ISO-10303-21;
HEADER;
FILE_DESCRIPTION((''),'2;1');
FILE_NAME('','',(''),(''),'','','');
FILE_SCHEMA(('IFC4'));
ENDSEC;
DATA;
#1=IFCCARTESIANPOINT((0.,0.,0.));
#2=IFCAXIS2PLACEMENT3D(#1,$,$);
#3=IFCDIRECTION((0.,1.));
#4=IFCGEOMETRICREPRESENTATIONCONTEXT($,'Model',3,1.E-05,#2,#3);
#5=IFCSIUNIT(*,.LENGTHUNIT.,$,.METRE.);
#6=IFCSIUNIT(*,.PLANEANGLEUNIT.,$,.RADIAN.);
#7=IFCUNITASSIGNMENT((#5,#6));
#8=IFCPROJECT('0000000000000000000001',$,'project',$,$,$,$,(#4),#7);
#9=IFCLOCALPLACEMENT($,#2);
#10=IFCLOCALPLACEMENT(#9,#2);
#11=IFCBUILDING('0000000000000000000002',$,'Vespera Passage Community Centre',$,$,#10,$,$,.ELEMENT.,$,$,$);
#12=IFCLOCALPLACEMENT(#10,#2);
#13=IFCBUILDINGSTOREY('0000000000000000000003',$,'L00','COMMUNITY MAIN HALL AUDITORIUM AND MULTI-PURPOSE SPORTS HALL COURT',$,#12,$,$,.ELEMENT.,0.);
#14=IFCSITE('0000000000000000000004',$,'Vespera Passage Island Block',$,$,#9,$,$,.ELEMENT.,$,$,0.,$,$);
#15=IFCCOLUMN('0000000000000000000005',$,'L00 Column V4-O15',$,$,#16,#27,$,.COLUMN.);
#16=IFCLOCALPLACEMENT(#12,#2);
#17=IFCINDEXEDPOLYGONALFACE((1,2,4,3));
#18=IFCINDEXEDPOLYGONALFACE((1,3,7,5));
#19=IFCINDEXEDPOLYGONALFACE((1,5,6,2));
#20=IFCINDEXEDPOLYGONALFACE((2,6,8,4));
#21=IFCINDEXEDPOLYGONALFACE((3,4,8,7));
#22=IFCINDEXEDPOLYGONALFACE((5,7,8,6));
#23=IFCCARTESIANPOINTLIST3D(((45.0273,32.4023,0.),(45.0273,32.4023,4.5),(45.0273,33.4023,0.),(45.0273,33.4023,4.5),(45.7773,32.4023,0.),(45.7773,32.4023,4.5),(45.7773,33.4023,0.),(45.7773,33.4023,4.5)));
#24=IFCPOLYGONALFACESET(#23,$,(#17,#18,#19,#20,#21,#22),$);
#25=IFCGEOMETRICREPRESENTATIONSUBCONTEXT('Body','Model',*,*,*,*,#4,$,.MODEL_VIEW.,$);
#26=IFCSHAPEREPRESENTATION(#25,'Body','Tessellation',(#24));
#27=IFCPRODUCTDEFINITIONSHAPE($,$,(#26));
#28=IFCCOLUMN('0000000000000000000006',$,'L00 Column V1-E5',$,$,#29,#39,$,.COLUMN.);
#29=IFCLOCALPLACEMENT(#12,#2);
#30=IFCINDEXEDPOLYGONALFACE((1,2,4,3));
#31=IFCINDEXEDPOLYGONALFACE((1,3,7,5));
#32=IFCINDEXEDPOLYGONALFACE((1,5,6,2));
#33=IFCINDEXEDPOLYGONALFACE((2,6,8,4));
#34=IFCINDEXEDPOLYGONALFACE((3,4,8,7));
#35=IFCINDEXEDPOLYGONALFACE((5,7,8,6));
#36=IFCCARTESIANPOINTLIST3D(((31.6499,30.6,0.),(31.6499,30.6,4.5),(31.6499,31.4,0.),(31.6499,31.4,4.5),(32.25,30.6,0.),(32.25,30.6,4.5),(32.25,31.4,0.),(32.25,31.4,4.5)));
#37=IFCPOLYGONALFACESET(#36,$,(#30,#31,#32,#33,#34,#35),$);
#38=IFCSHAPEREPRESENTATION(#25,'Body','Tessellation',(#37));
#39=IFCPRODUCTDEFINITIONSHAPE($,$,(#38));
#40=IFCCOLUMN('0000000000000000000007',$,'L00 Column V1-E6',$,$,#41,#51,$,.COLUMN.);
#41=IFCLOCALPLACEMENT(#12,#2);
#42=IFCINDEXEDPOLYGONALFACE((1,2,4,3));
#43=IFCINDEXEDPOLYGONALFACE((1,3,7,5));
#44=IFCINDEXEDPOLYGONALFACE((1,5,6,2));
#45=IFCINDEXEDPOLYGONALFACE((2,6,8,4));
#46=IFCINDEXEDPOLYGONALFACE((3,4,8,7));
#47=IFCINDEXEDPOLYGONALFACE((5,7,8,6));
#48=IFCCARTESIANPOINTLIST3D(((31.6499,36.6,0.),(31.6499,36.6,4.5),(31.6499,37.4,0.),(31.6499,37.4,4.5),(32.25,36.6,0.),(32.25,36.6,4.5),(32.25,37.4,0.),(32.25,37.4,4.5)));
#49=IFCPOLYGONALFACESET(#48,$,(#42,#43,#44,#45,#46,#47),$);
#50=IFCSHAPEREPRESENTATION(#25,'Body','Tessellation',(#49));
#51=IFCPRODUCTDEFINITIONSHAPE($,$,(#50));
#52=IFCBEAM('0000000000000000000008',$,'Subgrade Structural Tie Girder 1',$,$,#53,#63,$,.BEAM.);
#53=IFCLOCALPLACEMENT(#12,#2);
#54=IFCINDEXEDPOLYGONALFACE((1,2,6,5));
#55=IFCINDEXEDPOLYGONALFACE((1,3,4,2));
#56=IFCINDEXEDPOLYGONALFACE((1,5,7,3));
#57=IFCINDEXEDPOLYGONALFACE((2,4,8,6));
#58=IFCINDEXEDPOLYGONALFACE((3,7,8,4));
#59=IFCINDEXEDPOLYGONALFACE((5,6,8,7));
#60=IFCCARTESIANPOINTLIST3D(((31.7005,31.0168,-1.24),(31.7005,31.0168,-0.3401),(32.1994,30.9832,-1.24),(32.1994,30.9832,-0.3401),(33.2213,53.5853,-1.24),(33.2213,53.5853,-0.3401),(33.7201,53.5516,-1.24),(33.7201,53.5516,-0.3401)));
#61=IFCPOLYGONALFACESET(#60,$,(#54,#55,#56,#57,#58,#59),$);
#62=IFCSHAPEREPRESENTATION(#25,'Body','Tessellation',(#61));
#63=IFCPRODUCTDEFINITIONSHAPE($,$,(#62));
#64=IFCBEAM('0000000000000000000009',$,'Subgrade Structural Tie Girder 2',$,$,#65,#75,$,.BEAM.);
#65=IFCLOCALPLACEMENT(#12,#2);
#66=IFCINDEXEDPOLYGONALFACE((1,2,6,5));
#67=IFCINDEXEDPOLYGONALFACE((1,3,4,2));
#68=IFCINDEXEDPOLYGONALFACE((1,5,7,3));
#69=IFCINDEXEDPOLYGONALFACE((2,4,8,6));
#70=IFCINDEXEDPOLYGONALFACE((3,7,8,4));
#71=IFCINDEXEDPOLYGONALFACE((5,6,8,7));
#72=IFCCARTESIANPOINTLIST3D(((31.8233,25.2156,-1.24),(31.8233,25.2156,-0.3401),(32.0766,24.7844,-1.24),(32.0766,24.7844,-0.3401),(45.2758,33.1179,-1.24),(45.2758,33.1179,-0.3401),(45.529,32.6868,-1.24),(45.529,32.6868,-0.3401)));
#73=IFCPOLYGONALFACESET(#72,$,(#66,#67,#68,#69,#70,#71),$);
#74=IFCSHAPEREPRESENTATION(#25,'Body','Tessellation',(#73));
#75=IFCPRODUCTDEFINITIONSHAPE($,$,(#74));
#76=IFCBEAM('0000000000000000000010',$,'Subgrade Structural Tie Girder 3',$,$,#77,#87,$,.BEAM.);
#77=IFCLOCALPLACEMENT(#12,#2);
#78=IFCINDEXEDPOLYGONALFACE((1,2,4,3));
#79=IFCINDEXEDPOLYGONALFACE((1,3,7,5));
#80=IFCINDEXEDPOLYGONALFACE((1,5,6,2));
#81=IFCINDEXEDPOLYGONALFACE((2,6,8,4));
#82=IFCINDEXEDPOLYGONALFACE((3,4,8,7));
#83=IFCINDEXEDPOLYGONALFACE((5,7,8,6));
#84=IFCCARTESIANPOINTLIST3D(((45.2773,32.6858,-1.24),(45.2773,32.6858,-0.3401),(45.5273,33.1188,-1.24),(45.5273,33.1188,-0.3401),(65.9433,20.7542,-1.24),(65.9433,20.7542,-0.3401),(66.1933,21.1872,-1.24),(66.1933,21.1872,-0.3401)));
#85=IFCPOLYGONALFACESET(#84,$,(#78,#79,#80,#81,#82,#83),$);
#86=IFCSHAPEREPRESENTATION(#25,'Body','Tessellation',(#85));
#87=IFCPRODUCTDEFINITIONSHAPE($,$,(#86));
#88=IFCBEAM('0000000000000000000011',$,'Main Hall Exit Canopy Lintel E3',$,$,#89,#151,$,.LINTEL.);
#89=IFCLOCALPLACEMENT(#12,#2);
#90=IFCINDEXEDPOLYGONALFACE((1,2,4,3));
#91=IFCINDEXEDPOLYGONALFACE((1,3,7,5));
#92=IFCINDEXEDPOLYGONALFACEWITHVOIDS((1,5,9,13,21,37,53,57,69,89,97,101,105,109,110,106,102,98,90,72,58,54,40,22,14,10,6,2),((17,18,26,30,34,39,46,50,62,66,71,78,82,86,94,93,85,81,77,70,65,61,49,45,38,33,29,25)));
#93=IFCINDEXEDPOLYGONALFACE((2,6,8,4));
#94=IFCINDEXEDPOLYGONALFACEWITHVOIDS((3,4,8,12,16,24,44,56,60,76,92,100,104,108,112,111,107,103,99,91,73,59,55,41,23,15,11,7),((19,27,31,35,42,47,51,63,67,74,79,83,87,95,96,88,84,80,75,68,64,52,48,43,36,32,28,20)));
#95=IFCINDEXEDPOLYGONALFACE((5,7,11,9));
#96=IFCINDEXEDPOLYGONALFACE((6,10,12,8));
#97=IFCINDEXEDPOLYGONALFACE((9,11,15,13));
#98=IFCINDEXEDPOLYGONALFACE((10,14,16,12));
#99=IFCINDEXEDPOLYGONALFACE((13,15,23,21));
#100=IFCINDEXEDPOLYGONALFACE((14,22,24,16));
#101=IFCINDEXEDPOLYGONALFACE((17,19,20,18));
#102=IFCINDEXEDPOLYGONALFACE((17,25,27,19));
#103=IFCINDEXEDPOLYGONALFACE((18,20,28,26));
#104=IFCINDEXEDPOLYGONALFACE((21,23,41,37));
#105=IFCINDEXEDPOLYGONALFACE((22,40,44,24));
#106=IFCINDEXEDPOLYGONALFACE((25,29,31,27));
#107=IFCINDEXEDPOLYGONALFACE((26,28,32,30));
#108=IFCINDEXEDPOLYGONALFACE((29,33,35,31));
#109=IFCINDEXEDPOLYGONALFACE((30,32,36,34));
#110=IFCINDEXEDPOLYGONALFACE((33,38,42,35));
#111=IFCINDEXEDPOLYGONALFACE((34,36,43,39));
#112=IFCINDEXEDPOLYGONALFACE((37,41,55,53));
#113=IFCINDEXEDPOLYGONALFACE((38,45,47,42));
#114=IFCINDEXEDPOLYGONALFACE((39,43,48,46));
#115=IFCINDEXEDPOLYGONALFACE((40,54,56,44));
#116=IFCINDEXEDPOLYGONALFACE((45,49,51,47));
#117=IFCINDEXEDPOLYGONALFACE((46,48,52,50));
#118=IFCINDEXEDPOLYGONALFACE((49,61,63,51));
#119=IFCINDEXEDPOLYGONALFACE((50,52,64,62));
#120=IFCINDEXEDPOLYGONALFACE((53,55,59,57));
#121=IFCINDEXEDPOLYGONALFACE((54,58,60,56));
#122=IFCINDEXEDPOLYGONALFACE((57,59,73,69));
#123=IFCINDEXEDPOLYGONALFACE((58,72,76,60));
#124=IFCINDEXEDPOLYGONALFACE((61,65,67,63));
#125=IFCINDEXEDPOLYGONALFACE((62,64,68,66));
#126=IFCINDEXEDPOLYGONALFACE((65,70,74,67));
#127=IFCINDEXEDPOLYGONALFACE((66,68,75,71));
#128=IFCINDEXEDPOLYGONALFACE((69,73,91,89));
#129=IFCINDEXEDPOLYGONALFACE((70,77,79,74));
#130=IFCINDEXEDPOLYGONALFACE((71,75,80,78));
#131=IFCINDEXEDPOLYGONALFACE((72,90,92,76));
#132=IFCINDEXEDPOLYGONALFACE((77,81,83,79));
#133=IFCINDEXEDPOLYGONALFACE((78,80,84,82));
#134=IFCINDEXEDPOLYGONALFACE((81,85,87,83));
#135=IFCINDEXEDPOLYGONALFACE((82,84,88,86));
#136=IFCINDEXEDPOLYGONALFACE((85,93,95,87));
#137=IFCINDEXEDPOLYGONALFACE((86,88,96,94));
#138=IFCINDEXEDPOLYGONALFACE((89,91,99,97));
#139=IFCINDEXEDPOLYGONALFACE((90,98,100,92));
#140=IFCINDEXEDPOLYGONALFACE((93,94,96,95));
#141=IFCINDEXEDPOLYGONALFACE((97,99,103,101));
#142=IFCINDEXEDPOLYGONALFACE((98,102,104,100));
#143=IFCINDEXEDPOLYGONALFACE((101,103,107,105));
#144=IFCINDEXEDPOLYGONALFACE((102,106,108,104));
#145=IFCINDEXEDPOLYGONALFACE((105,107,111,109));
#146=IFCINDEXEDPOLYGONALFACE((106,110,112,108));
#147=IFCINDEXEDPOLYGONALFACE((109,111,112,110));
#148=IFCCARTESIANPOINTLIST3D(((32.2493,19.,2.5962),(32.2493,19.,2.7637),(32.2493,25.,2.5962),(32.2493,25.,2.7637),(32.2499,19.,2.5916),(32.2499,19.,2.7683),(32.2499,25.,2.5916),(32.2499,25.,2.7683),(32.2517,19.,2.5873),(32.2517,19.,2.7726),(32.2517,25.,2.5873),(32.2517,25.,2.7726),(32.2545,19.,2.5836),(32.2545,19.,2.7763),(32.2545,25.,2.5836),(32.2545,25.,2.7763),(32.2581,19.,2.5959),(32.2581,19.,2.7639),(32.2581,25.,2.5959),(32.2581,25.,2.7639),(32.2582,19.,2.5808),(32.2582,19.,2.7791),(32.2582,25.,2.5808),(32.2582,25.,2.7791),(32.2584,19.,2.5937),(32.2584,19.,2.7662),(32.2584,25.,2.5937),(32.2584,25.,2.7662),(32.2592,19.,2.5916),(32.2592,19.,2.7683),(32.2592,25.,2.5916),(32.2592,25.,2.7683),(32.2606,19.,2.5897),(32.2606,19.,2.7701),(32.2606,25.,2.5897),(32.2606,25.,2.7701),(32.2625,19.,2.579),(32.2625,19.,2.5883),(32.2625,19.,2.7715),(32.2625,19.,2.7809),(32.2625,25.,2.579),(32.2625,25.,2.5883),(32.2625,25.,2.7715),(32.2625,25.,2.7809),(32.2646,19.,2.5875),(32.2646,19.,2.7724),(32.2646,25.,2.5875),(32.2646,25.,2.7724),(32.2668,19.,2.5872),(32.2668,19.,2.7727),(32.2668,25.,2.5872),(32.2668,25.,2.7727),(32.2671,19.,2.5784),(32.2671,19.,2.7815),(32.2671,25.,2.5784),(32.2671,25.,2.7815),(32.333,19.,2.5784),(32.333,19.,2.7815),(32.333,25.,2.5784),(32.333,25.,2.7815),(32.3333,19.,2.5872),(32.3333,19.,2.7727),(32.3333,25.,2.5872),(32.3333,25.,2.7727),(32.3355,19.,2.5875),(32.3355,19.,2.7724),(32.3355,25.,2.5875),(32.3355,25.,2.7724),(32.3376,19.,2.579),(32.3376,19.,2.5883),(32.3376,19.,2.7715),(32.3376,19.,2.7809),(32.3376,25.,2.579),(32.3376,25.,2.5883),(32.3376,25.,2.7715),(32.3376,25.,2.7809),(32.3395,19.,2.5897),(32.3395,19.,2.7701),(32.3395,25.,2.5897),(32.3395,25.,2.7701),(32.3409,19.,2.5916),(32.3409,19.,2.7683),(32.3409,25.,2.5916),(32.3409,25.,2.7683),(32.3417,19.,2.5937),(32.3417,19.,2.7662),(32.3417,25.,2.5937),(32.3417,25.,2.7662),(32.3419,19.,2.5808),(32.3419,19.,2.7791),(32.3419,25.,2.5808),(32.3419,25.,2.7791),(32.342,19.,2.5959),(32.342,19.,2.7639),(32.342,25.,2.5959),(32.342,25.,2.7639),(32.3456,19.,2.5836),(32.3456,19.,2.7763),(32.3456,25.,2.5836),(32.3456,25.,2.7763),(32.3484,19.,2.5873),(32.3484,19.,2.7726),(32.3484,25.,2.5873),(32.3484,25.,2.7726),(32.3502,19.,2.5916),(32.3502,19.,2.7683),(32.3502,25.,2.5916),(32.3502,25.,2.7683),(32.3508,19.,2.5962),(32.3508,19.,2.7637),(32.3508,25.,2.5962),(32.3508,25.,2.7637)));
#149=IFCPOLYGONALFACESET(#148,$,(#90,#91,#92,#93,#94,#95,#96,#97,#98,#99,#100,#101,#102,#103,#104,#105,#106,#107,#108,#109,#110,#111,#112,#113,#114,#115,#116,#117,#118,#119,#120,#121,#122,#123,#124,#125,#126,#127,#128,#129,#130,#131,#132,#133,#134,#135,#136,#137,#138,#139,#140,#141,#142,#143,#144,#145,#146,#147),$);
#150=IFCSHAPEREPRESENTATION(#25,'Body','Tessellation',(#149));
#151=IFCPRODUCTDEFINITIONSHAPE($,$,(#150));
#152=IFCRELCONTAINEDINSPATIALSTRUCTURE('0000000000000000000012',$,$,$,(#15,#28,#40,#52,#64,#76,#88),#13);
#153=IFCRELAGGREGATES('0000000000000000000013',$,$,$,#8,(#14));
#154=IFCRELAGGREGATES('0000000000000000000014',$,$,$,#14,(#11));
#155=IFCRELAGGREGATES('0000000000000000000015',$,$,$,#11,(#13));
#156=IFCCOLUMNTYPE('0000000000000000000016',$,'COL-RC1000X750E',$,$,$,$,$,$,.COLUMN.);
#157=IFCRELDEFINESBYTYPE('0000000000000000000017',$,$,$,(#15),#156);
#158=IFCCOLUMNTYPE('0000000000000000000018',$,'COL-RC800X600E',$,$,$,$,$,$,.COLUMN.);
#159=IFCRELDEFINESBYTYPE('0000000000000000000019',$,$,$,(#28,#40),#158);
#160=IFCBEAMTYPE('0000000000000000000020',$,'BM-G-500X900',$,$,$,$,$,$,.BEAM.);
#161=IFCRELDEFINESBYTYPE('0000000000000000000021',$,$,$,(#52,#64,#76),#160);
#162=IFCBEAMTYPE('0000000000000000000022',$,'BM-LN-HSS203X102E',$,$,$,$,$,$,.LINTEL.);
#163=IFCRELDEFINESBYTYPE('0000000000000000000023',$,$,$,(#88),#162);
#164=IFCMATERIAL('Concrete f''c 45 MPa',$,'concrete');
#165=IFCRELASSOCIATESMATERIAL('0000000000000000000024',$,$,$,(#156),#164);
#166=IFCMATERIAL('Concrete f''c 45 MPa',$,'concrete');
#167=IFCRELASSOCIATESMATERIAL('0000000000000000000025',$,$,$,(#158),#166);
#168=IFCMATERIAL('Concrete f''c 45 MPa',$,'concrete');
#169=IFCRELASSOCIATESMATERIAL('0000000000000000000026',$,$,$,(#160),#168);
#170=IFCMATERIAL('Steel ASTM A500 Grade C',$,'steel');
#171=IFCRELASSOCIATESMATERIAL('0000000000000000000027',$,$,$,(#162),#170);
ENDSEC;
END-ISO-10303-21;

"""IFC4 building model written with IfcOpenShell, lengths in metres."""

from ifc_helpers import new_model, si_unit, direction, frame, origin, origin_2d, place, context, subcontext, project, spatial, rectangle, hollow_rectangle, extrude, material, material_profile, profile_set, type_object, element, save


model = new_model("IFC4")

# Units and contexts
model_context = context("Model", 3, precision=1e-05, world=origin(), true_north=direction((0.0, 1.0)))
body_context = subcontext(model_context, "Body", "Model", "MODEL_VIEW")
ifc_project = project(units=[si_unit("LENGTHUNIT", "METRE"), si_unit("PLANEANGLEUNIT", "RADIAN")], contexts=[model_context])

# Site, building, storey
site_placement = place(None, origin())
site = spatial("IfcSite", under=ifc_project, at=site_placement, Name="Vespera Passage Island Block", CompositionType="ELEMENT", RefElevation=0.0)
building_placement = place(site_placement, origin())
building = spatial("IfcBuilding", under=site, at=building_placement, Name="Vespera Passage Community Centre", CompositionType="ELEMENT")
storey_placement = place(building_placement, origin())
storey = spatial("IfcBuildingStorey", under=building, at=storey_placement, Name="L00", Description="COMMUNITY MAIN HALL AUDITORIUM AND MULTI-PURPOSE SPORTS HALL COURT", CompositionType="ELEMENT", Elevation=0.0)

# Columns
ifc_material_1 = material(Name="Concrete f'c 45 MPa", Category="concrete")
ifc_material_profile_1 = material_profile(ifc_material_1, rectangle(XDim=0.75, YDim=1.0, at=origin_2d()), Name="RC1000X750")
ifc_profile_set_1 = profile_set([ifc_material_profile_1], Name="Concrete f'c 45 MPa")
column_type_1 = type_object("IfcColumnType", Name="COL-RC1000X750E", PredefinedType="COLUMN", material=ifc_profile_set_1)
column_placement = place(storey_placement, frame((45.4023, 32.9023, 0.0), z_axis=(0.0, 0.0, 1.0), x_axis=(1.0, 0.0, 0.0)))
element("IfcColumn", 1, at=column_placement, inside=storey, type_object=column_type_1, Name="L00 Column V4-O15", PredefinedType="COLUMN", context=body_context, shape_type="SweptSolid", body=[
    extrude(rectangle(XDim=0.75, YDim=1.0, at=origin_2d()), origin(), (0.0, 0.0, 1.0), 4.5),
])
ifc_material_2 = material(Name="Concrete f'c 45 MPa", Category="concrete")
ifc_material_profile_2 = material_profile(ifc_material_2, rectangle(XDim=0.6001, YDim=0.8, at=origin_2d()), Name="RC800X600")
ifc_profile_set_2 = profile_set([ifc_material_profile_2], Name="Concrete f'c 45 MPa")
column_type_2 = type_object("IfcColumnType", Name="COL-RC800X600E", PredefinedType="COLUMN", material=ifc_profile_set_2)
for number, where, z_axis, x_axis, name in (
    (2, (31.95, 31.0, 0.0), (0.0, 0.0, 1.0), (1.0, 0.0, 0.0), "L00 Column V1-E5"),
    (3, (31.95, 37.0, 0.0), (0.0, 0.0, 1.0), (1.0, 0.0, 0.0), "L00 Column V1-E6"),
):
    element("IfcColumn", number, at=place(storey_placement, frame(where, z_axis=z_axis, x_axis=x_axis)), inside=storey, type_object=column_type_2, Name=name, PredefinedType="COLUMN", context=body_context, shape_type="SweptSolid", body=[
        extrude(rectangle(XDim=0.6001, YDim=0.8, at=origin_2d()), origin(), (0.0, 0.0, 1.0), 4.5),
    ])

# Beams
ifc_material_3 = material(Name="Concrete f'c 45 MPa", Category="concrete")
ifc_material_profile_3 = material_profile(ifc_material_3, rectangle(XDim=0.5, YDim=0.8999, at=origin_2d()), Name="RC500X900")
ifc_profile_set_3 = profile_set([ifc_material_profile_3], Name="Concrete f'c 45 MPa")
beam_type_1 = type_object("IfcBeamType", Name="BM-G-500X900", PredefinedType="BEAM", material=ifc_profile_set_3)
beam_1_placement = place(storey_placement, frame((31.95, 31.0, -0.79), z_axis=(0.067232, 0.997737, 0.0), x_axis=(-0.997737, 0.067232, 0.0)))
element("IfcBeam", 4, at=beam_1_placement, inside=storey, type_object=beam_type_1, Name="Subgrade Structural Tie Girder 1", PredefinedType="BEAM", context=body_context, shape_type="SweptSolid", body=[
    extrude(rectangle(XDim=0.5, YDim=0.8999, at=origin_2d()), origin(), (0.0, 0.0, 1.0), 22.6196),
])
beam_2_placement = place(storey_placement, frame((31.95, 25.0, -0.79), z_axis=(0.862237, 0.506504, 0.0), x_axis=(-0.506504, 0.862237, 0.0)))
element("IfcBeam", 5, at=beam_2_placement, inside=storey, type_object=beam_type_1, Name="Subgrade Structural Tie Girder 2", PredefinedType="BEAM", context=body_context, shape_type="SweptSolid", body=[
    extrude(rectangle(XDim=0.5, YDim=0.8999, at=origin_2d()), origin(), (0.0, 0.0, 1.0), 15.6018),
])
beam_3_placement = place(storey_placement, frame((45.4023, 32.9023, -0.79), z_axis=(0.866023, -0.500003, 0.0), x_axis=(0.500003, 0.866023, 0.0)))
element("IfcBeam", 6, at=beam_3_placement, inside=storey, type_object=beam_type_1, Name="Subgrade Structural Tie Girder 3", PredefinedType="BEAM", context=body_context, shape_type="SweptSolid", body=[
    extrude(rectangle(XDim=0.5, YDim=0.8999, at=origin_2d()), origin(), (0.0, 0.0, 1.0), 23.863),
])
ifc_material_4 = material(Name="Steel ASTM A500 Grade C", Category="steel")
ifc_material_profile_4 = material_profile(ifc_material_4, hollow_rectangle(XDim=0.1016, YDim=0.2031, WallThickness=0.0088, InnerFilletRadius=0.0088, OuterFilletRadius=0.0178, at=origin_2d()), Name="HSS203X102X9.5")
ifc_profile_set_4 = profile_set([ifc_material_profile_4], Name="Steel ASTM A500 Grade C")
beam_type_2 = type_object("IfcBeamType", Name="BM-LN-HSS203X102E", PredefinedType="LINTEL", material=ifc_profile_set_4)
beam_4_placement = place(storey_placement, frame((32.3, 25.0, 2.6799), z_axis=(0.0, -1.0, 0.0), x_axis=(1.0, 0.0, 0.0)))
element("IfcBeam", 7, at=beam_4_placement, inside=storey, type_object=beam_type_2, Name="Main Hall Exit Canopy Lintel E3", PredefinedType="LINTEL", context=body_context, shape_type="SweptSolid", body=[
    extrude(hollow_rectangle(XDim=0.1016, YDim=0.2031, WallThickness=0.0088, InnerFilletRadius=0.0088, OuterFilletRadius=0.0178, at=origin_2d()), origin(), (0.0, 0.0, 1.0), 6.0),
])

save(model, "model.ifc")
